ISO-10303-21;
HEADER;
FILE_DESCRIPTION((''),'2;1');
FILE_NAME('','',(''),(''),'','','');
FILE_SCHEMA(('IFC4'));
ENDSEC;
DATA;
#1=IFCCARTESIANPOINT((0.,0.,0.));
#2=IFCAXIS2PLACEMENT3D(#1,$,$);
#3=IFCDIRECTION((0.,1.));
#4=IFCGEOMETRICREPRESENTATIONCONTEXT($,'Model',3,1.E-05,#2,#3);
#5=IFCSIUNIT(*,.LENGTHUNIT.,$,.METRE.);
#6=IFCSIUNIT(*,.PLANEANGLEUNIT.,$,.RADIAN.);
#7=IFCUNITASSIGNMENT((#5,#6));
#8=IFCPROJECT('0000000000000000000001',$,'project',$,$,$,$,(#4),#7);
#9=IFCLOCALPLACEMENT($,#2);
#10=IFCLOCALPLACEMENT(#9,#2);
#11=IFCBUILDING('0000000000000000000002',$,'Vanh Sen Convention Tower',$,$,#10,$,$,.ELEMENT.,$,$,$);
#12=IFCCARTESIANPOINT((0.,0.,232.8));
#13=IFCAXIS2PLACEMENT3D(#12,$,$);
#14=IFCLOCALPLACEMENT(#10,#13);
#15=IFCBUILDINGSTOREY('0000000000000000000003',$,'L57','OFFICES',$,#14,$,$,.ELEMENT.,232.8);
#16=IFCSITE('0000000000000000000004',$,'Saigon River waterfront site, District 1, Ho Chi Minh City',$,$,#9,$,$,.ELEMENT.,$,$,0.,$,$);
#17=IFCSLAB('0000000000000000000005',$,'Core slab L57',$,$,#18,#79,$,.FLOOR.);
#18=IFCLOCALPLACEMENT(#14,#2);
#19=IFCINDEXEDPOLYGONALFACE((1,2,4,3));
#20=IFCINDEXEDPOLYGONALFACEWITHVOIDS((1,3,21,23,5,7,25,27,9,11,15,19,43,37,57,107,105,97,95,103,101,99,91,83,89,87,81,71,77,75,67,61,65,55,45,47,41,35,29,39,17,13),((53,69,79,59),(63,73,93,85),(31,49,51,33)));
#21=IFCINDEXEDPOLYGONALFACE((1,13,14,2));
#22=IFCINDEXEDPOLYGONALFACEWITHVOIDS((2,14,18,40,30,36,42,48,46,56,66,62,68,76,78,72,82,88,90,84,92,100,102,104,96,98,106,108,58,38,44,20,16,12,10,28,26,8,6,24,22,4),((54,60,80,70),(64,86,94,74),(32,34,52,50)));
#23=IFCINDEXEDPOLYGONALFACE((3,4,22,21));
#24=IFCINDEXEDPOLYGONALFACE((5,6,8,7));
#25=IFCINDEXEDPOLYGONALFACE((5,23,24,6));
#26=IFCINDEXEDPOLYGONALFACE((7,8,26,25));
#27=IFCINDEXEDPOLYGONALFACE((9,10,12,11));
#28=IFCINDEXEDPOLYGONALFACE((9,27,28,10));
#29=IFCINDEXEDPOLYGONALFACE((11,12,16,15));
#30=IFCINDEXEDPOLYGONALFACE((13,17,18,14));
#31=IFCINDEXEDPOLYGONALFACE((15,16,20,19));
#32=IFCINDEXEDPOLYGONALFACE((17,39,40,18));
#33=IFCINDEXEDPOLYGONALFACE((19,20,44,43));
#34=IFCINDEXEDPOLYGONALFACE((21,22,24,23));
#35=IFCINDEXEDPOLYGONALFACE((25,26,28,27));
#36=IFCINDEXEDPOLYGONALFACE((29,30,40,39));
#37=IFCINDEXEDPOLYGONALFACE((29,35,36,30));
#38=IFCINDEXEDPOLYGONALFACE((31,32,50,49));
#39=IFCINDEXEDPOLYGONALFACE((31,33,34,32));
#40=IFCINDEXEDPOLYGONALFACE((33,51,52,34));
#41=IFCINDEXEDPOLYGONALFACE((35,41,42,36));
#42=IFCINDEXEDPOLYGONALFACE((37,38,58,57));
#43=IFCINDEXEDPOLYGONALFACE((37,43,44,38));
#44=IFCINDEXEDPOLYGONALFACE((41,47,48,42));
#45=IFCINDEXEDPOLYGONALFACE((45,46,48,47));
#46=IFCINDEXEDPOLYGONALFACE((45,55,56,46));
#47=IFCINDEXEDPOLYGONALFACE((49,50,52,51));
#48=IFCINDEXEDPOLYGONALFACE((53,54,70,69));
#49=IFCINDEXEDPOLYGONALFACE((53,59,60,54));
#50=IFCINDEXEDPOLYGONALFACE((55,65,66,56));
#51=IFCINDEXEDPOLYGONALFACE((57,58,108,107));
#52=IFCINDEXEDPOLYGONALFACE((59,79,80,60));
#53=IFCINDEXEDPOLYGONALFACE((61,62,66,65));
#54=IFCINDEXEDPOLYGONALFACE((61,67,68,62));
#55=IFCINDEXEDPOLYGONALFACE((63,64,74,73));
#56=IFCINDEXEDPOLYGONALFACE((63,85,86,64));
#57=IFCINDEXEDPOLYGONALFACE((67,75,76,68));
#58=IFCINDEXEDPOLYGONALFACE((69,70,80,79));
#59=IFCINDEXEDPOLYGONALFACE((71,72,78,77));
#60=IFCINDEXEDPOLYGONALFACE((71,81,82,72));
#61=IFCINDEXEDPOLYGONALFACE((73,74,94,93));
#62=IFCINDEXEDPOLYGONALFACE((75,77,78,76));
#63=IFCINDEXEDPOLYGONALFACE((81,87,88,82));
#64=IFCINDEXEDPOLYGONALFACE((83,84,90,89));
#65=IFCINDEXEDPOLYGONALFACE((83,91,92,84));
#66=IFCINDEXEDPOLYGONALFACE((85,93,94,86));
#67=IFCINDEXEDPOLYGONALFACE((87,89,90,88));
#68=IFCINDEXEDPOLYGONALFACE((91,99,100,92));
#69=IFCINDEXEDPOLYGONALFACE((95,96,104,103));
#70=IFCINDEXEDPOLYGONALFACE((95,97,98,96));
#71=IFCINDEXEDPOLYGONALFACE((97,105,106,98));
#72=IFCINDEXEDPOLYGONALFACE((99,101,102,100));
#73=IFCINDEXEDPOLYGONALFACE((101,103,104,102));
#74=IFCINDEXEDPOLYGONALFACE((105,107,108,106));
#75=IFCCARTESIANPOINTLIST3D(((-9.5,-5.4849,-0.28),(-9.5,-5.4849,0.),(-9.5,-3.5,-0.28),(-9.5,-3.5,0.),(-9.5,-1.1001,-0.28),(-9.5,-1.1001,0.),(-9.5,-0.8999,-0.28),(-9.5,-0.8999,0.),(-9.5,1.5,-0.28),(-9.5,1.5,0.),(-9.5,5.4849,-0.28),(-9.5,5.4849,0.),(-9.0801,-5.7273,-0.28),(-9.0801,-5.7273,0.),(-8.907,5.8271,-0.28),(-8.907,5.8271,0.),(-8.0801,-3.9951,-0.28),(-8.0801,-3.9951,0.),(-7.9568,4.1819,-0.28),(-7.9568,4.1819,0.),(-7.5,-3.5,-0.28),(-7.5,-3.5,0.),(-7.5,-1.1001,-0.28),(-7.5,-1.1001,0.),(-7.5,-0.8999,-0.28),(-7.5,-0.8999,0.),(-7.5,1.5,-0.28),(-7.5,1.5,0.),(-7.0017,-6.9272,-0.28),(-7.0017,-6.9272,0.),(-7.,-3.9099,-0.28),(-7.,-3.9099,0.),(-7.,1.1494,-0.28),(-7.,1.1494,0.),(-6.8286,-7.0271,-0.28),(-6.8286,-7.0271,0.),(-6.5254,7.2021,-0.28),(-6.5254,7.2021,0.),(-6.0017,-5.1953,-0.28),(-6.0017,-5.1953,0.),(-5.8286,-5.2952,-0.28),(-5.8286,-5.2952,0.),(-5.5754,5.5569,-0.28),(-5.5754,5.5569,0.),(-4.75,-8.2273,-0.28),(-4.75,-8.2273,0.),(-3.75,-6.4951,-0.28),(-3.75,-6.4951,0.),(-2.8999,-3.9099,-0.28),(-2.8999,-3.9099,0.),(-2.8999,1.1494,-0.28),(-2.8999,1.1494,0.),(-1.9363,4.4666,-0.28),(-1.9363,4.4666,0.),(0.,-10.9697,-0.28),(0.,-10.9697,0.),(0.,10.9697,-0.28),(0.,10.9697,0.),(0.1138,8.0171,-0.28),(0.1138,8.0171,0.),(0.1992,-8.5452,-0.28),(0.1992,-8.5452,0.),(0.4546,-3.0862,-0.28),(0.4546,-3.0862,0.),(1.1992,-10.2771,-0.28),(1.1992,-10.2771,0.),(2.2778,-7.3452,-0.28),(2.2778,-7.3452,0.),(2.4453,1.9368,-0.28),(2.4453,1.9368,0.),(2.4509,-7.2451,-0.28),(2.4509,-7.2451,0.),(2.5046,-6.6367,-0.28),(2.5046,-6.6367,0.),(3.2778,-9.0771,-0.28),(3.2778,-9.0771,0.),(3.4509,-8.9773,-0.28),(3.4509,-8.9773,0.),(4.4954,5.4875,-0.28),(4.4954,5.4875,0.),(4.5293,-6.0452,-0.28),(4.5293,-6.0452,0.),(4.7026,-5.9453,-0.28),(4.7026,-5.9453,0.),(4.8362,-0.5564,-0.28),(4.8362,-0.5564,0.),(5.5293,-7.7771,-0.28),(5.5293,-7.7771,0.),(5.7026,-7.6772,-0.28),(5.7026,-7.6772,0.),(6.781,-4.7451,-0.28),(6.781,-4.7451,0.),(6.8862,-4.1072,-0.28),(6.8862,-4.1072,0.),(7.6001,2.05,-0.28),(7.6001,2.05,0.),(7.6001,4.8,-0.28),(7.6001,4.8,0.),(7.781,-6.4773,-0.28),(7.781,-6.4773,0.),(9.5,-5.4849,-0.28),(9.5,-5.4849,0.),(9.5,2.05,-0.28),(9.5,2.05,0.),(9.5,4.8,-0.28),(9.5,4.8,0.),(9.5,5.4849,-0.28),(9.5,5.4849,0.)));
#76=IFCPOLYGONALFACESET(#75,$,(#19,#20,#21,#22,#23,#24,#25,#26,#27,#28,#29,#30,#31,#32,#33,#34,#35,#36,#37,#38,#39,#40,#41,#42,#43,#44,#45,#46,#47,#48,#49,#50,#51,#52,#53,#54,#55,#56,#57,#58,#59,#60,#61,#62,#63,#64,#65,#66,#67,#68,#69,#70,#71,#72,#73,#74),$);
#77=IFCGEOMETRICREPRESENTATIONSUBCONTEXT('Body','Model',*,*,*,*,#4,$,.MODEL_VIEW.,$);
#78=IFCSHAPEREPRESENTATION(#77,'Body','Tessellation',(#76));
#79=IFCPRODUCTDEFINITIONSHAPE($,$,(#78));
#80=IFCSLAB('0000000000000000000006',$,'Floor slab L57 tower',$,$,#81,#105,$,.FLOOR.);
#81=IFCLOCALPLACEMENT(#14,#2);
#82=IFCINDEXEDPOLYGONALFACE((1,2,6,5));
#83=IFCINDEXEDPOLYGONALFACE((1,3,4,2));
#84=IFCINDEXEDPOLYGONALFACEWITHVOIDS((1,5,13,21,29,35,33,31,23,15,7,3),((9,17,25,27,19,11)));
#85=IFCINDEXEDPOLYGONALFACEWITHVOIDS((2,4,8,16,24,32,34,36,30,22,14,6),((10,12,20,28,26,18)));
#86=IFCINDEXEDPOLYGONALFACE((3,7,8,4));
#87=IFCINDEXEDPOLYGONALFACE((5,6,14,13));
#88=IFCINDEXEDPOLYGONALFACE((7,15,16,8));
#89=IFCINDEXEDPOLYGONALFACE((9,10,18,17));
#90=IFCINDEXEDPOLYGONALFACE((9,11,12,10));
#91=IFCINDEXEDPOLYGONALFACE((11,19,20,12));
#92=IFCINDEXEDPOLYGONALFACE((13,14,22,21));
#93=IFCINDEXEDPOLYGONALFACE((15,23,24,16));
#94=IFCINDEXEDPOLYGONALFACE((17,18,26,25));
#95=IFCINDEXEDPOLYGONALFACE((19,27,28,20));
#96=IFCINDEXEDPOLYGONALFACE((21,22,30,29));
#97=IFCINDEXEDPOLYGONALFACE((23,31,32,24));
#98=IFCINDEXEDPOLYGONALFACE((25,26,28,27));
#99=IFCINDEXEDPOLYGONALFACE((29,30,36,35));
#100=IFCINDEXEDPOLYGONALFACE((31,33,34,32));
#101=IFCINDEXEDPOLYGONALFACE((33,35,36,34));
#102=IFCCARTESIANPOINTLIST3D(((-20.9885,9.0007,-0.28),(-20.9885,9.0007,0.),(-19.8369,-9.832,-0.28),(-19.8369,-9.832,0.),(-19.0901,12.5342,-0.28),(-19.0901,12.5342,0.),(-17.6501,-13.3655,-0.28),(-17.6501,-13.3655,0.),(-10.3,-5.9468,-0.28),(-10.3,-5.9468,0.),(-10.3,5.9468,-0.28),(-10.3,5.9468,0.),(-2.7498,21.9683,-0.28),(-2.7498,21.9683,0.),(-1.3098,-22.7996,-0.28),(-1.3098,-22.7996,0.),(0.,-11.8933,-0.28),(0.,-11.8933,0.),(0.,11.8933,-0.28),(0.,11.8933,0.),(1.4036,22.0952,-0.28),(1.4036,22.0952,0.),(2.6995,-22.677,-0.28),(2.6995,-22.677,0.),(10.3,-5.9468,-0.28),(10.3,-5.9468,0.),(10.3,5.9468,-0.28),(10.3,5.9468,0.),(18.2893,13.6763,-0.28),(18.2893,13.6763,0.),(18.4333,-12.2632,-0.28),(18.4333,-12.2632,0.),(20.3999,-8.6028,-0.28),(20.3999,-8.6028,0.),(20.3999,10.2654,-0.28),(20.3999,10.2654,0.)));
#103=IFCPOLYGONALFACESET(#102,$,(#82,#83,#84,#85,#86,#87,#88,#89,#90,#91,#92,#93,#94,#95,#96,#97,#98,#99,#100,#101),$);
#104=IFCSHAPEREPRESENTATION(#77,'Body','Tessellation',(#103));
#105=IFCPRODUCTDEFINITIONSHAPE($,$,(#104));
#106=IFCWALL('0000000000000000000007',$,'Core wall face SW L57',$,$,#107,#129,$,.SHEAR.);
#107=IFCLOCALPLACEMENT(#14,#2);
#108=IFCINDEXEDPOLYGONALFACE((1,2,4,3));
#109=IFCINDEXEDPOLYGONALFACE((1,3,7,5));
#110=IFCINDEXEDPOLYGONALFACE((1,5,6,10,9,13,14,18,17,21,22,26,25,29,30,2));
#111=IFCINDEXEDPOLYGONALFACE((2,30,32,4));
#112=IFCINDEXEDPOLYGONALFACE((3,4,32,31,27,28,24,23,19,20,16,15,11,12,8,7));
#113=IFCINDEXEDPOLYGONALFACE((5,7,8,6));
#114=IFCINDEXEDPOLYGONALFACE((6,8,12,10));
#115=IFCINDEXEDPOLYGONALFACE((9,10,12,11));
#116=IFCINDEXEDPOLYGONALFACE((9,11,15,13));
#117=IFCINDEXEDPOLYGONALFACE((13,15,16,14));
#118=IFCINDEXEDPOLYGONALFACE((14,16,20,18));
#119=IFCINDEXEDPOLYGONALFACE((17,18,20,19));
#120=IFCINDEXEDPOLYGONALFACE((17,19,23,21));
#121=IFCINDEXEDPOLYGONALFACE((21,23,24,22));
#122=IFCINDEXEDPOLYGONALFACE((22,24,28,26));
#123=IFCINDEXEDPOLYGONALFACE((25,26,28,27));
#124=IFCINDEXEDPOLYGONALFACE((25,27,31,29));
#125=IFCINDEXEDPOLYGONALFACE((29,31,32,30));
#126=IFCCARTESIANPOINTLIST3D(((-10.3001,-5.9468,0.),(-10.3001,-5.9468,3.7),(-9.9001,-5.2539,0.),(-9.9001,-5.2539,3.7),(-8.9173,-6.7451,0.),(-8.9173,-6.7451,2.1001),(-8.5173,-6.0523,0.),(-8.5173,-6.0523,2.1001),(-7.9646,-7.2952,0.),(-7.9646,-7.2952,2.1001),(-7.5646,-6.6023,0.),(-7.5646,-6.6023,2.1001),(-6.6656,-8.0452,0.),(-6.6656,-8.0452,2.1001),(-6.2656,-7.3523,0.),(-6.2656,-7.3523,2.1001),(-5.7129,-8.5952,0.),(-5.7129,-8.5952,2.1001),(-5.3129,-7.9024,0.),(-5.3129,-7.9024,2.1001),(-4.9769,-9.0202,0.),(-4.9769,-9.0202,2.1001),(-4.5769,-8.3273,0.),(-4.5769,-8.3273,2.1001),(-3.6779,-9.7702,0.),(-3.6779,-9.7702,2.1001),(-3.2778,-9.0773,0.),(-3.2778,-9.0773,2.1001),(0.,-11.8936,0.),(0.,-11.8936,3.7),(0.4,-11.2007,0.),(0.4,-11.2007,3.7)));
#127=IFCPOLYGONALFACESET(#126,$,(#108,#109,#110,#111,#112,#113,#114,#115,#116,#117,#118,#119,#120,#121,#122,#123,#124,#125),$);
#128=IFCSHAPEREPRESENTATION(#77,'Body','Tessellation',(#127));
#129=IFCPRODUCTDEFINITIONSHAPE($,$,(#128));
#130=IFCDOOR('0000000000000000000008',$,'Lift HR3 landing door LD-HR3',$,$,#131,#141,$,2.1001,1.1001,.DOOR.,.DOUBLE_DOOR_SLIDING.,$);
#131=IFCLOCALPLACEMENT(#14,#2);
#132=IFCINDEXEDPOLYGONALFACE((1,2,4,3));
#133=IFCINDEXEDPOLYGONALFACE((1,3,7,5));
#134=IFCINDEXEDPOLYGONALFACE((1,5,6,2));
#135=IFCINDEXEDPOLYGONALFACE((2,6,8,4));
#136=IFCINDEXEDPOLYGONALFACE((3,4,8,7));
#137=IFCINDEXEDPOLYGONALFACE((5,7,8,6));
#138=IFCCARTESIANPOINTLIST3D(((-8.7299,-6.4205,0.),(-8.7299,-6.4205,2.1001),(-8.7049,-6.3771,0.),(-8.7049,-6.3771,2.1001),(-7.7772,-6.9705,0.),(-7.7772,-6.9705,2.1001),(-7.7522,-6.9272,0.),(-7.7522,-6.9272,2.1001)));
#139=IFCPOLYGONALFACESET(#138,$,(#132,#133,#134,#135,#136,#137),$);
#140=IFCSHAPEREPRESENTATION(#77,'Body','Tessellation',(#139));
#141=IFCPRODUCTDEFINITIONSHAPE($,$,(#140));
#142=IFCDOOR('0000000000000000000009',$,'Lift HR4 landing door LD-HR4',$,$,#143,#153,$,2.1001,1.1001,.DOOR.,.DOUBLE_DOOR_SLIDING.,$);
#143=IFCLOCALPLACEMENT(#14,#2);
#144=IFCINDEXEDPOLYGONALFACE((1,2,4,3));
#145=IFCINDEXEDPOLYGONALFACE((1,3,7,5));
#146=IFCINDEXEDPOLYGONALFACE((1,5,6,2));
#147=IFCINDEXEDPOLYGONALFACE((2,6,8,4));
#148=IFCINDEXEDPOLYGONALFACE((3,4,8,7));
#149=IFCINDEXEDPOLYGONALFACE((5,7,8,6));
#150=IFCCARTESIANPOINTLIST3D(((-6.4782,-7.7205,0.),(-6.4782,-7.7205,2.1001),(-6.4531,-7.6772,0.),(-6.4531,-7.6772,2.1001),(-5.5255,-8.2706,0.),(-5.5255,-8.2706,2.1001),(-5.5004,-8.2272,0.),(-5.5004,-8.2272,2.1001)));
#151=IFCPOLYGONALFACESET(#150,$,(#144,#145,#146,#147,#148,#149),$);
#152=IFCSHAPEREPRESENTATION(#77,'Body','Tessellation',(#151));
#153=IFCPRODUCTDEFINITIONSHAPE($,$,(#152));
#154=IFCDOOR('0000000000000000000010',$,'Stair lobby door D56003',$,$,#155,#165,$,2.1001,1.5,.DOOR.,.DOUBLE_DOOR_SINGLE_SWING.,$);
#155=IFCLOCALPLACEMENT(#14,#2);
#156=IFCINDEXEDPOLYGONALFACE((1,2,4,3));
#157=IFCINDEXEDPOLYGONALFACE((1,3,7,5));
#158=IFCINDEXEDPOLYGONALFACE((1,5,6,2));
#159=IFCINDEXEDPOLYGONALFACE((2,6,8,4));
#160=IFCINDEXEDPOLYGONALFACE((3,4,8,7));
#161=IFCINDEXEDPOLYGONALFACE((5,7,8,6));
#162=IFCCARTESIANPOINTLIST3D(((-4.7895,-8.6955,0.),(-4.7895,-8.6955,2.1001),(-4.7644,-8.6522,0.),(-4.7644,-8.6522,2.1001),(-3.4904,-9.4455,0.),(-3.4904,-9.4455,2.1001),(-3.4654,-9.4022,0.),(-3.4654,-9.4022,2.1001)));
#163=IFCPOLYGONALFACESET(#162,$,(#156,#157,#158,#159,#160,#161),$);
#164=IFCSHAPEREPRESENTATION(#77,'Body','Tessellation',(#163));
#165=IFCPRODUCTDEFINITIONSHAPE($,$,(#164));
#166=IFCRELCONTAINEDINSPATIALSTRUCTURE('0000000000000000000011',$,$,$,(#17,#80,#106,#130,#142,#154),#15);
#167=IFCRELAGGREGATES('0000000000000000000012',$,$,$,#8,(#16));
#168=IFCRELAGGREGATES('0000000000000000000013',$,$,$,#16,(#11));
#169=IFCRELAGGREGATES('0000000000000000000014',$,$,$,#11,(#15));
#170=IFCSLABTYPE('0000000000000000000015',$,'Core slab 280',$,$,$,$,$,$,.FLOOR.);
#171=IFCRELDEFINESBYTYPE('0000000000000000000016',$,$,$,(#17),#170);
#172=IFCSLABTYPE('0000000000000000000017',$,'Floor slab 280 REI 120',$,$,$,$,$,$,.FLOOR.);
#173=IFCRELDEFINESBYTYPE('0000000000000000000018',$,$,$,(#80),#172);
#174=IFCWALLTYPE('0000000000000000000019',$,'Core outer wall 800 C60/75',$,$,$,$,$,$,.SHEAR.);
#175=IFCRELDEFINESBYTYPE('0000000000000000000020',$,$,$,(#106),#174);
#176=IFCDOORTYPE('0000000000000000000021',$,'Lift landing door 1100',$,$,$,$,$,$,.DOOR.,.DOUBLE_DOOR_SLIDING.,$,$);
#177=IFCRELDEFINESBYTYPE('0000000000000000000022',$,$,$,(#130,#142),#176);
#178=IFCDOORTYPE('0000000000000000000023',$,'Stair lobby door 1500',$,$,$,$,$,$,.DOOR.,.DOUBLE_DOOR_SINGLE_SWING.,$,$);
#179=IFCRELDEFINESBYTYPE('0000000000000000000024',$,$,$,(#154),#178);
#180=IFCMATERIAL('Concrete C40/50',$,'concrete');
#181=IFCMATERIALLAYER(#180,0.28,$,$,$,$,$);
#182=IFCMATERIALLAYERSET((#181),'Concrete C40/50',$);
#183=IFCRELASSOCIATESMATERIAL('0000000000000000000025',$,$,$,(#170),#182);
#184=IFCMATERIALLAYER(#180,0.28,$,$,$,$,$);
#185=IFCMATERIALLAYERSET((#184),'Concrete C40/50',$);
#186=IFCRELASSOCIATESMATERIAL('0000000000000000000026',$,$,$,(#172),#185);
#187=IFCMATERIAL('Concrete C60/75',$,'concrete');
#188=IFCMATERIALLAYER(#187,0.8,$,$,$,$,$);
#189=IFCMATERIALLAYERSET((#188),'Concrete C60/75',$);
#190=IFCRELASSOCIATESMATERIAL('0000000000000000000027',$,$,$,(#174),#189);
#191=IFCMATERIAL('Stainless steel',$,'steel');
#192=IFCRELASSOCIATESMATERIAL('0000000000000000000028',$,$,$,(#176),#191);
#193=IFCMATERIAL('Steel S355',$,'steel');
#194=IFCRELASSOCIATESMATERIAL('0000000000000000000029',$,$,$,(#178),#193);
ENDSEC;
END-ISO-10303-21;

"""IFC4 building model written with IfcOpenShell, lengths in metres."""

from ifc_helpers import new_model, si_unit, direction, frame, frame_2d, origin, place, context, subcontext, project, spatial, polyline, rectangle, outline, extrude, material, layer, layer_set, type_object, element, fill, save


model = new_model("IFC4")

# Units and contexts
model_context = context("Model", 3, precision=1e-05, world=origin(), true_north=direction((0.0, 1.0)))
body_context = subcontext(model_context, "Body", "Model", "MODEL_VIEW")
ifc_project = project(units=[si_unit("LENGTHUNIT", "METRE"), si_unit("PLANEANGLEUNIT", "RADIAN")], contexts=[model_context])

# Site, building, storey
site_placement = place(None, origin())
site = spatial("IfcSite", under=ifc_project, at=site_placement, Name="Saigon River waterfront site, District 1, Ho Chi Minh City", CompositionType="ELEMENT", RefElevation=0.0)
building_placement = place(site_placement, origin())
building = spatial("IfcBuilding", under=site, at=building_placement, Name="Vanh Sen Convention Tower", CompositionType="ELEMENT")
storey_placement = place(building_placement, frame((0.0, 0.0, 232.8)))
storey = spatial("IfcBuildingStorey", under=building, at=storey_placement, Name="L57", Description="OFFICES", CompositionType="ELEMENT", Elevation=232.8)

# Slabs
ifc_material_1 = material(Name="Concrete C40/50", Category="concrete")
ifc_layer_1 = layer(ifc_material_1, 0.28)
ifc_layer_set_1 = layer_set([ifc_layer_1], Name="Concrete C40/50")
slab_type_1 = type_object("IfcSlabType", Name="Core slab 280", PredefinedType="FLOOR", material=ifc_layer_set_1)
slab_1_placement = place(storey_placement, frame((0.0, 0.0, -0.28)))
element("IfcSlab", 1, at=slab_1_placement, inside=storey, type_object=slab_type_1, Name="Core slab L57", PredefinedType="FLOOR", context=body_context, shape_type="SweptSolid", body=[
    extrude(outline(polyline([(0.0, 10.9697), (9.5, 5.4849), (9.5, 4.8), (7.6001, 4.8), (7.6001, 2.05), (9.5, 2.05), (9.5, -5.4849), (7.781, -6.4773), (6.781, -4.7451), (4.7026, -5.9453), (5.7026, -7.6772), (5.5293, -7.7771), (4.5293, -6.0452), (2.4509, -7.2451), (3.4509, -8.9773), (3.2778, -9.0771), (2.2778, -7.3452), (0.1992, -8.5452), (1.1992, -10.2771), (0.0, -10.9697), (-4.75, -8.2273), (-3.75, -6.4951), (-5.8286, -5.2952), (-6.8286, -7.0271), (-7.0017, -6.9272), (-6.0017, -5.1953), (-8.0801, -3.9951), (-9.0801, -5.7273), (-9.5, -5.4849), (-9.5, -3.5), (-7.5, -3.5), (-7.5, -1.1001), (-9.5, -1.1001), (-9.5, -0.8999), (-7.5, -0.8999), (-7.5, 1.5), (-9.5, 1.5), (-9.5, 5.4849), (-8.907, 5.8271), (-7.9568, 4.1819), (-5.5754, 5.5569), (-6.5254, 7.2021), (0.0, 10.9697)]), holes=[polyline([(-7.0, 1.1494), (-7.0, -3.9099), (-2.8999, -3.9099), (-2.8999, 1.1494), (-7.0, 1.1494)]), polyline([(2.5046, -6.6367), (6.8862, -4.1072), (4.8362, -0.5564), (0.4546, -3.0862), (2.5046, -6.6367)]), polyline([(0.1138, 8.0171), (-1.9363, 4.4666), (2.4453, 1.9368), (4.4954, 5.4875), (0.1138, 8.0171)])]), origin(), (0.0, 0.0, 1.0), 0.28),
])
ifc_layer_2 = layer(ifc_material_1, 0.28)
ifc_layer_set_2 = layer_set([ifc_layer_2], Name="Concrete C40/50")
slab_type_2 = type_object("IfcSlabType", Name="Floor slab 280 REI 120", PredefinedType="FLOOR", material=ifc_layer_set_2)
slab_2_placement = place(storey_placement, frame((0.0, 0.0, -0.28)))
element("IfcSlab", 2, at=slab_2_placement, inside=storey, type_object=slab_type_2, Name="Floor slab L57 tower", PredefinedType="FLOOR", context=body_context, shape_type="SweptSolid", body=[
    extrude(outline(polyline([(20.3999, -8.6028), (20.3999, 10.2654), (18.2893, 13.6763), (1.4036, 22.0952), (-2.7498, 21.9683), (-19.0901, 12.5342), (-20.9885, 9.0007), (-19.8369, -9.832), (-17.6501, -13.3655), (-1.3098, -22.7996), (2.6995, -22.677), (18.4333, -12.2632), (20.3999, -8.6028)]), holes=[polyline([(0.0, 11.8933), (-10.3, 5.9468), (-10.3, -5.9468), (0.0, -11.8933), (10.3, -5.9468), (10.3, 5.9468), (0.0, 11.8933)])]), origin(), (0.0, 0.0, 1.0), 0.28),
])

# Wall, openings, doors
ifc_material_2 = material(Name="Concrete C60/75", Category="concrete")
ifc_layer_3 = layer(ifc_material_2, 0.8)
ifc_layer_set_3 = layer_set([ifc_layer_3], Name="Concrete C60/75")
wall_type_1 = type_object("IfcWallType", Name="Core outer wall 800 C60/75", PredefinedType="SHEAR", material=ifc_layer_set_3)
wall_1_placement = place(storey_placement, frame((-10.1001, -5.6003, 0.0), z_axis=(0.0, 0.0, 1.0), x_axis=(0.866024, -0.500003, 0.0)))
wall_1 = element("IfcWall", 3, at=wall_1_placement, inside=storey, type_object=wall_type_1, Name="Core wall face SW L57", PredefinedType="SHEAR", context=body_context, shape_type="SweptSolid", body=[
    extrude(rectangle(XDim=11.8936, YDim=0.8, at=frame_2d((5.9468, 0.0))), origin(), (0.0, 0.0, 1.0), 3.7),
])
opening_1_placement = place(wall_1_placement, frame((6.1467, 0.0, 0.0)))
opening_1 = element("IfcOpeningElement", 4, at=opening_1_placement, cuts=wall_1, PredefinedType="OPENING", context=body_context, shape_type="SweptSolid", body=[
    extrude(rectangle(XDim=1.5, YDim=2.1001, at=frame_2d((0.75, 1.05))), frame((0.0, 0.4099, 0.0), z_axis=(0.0, -1.0, 0.0), x_axis=(1.0, 0.0, 0.0)), (0.0, 0.0, 1.0), 0.8201),
])
opening_2_placement = place(wall_1_placement, frame((1.5967, 0.0, 0.0)))
opening_2 = element("IfcOpeningElement", 5, at=opening_2_placement, cuts=wall_1, PredefinedType="OPENING", context=body_context, shape_type="SweptSolid", body=[
    extrude(rectangle(XDim=1.1001, YDim=2.1001, at=frame_2d((0.55, 1.05))), frame((0.0, 0.4099, 0.0), z_axis=(0.0, -1.0, 0.0), x_axis=(1.0, 0.0, 0.0)), (0.0, 0.0, 1.0), 0.8201),
])
opening_3_placement = place(wall_1_placement, frame((4.1968, 0.0, 0.0)))
opening_3 = element("IfcOpeningElement", 6, at=opening_3_placement, cuts=wall_1, PredefinedType="OPENING", context=body_context, shape_type="SweptSolid", body=[
    extrude(rectangle(XDim=1.1001, YDim=2.1001, at=frame_2d((0.55, 1.05))), frame((0.0, 0.4099, 0.0), z_axis=(0.0, -1.0, 0.0), x_axis=(1.0, 0.0, 0.0)), (0.0, 0.0, 1.0), 0.8201),
])
ifc_material_3 = material(Name="Stainless steel", Category="steel")
door_type_1 = type_object("IfcDoorType", Name="Lift landing door 1100", OperationType="DOUBLE_DOOR_SLIDING", PredefinedType="DOOR", material=ifc_material_3)
door_1_placement = place(opening_2_placement, origin())
door_1 = element("IfcDoor", 7, at=door_1_placement, inside=storey, type_object=door_type_1, Name="Lift HR3 landing door LD-HR3", OperationType="DOUBLE_DOOR_SLIDING", OverallHeight=2.1001, OverallWidth=1.1001, PredefinedType="DOOR", context=body_context, shape_type="SweptSolid", body=[
    extrude(rectangle(XDim=1.1001, YDim=2.1001, at=frame_2d((0.55, 1.05))), frame((0.0, 0.0249, 0.0), z_axis=(0.0, -1.0, 0.0), x_axis=(1.0, 0.0, 0.0)), (0.0, 0.0, 1.0), 0.05),
])
fill(opening_2, door_1)
door_2_placement = place(opening_3_placement, origin())
door_2 = element("IfcDoor", 8, at=door_2_placement, inside=storey, type_object=door_type_1, Name="Lift HR4 landing door LD-HR4", OperationType="DOUBLE_DOOR_SLIDING", OverallHeight=2.1001, OverallWidth=1.1001, PredefinedType="DOOR", context=body_context, shape_type="SweptSolid", body=[
    extrude(rectangle(XDim=1.1001, YDim=2.1001, at=frame_2d((0.55, 1.05))), frame((0.0, 0.0249, 0.0), z_axis=(0.0, -1.0, 0.0), x_axis=(1.0, 0.0, 0.0)), (0.0, 0.0, 1.0), 0.05),
])
fill(opening_3, door_2)
ifc_material_4 = material(Name="Steel S355", Category="steel")
door_type_2 = type_object("IfcDoorType", Name="Stair lobby door 1500", OperationType="DOUBLE_DOOR_SINGLE_SWING", PredefinedType="DOOR", material=ifc_material_4)
door_3_placement = place(opening_1_placement, origin())
door_3 = element("IfcDoor", 9, at=door_3_placement, inside=storey, type_object=door_type_2, Name="Stair lobby door D56003", OperationType="DOUBLE_DOOR_SINGLE_SWING", OverallHeight=2.1001, OverallWidth=1.5, PredefinedType="DOOR", context=body_context, shape_type="SweptSolid", body=[
    extrude(rectangle(XDim=1.5, YDim=2.1001, at=frame_2d((0.75, 1.05))), frame((0.0, 0.0249, 0.0), z_axis=(0.0, -1.0, 0.0), x_axis=(1.0, 0.0, 0.0)), (0.0, 0.0, 1.0), 0.05),
])
fill(opening_1, door_3)

save(model, "model.ifc")
